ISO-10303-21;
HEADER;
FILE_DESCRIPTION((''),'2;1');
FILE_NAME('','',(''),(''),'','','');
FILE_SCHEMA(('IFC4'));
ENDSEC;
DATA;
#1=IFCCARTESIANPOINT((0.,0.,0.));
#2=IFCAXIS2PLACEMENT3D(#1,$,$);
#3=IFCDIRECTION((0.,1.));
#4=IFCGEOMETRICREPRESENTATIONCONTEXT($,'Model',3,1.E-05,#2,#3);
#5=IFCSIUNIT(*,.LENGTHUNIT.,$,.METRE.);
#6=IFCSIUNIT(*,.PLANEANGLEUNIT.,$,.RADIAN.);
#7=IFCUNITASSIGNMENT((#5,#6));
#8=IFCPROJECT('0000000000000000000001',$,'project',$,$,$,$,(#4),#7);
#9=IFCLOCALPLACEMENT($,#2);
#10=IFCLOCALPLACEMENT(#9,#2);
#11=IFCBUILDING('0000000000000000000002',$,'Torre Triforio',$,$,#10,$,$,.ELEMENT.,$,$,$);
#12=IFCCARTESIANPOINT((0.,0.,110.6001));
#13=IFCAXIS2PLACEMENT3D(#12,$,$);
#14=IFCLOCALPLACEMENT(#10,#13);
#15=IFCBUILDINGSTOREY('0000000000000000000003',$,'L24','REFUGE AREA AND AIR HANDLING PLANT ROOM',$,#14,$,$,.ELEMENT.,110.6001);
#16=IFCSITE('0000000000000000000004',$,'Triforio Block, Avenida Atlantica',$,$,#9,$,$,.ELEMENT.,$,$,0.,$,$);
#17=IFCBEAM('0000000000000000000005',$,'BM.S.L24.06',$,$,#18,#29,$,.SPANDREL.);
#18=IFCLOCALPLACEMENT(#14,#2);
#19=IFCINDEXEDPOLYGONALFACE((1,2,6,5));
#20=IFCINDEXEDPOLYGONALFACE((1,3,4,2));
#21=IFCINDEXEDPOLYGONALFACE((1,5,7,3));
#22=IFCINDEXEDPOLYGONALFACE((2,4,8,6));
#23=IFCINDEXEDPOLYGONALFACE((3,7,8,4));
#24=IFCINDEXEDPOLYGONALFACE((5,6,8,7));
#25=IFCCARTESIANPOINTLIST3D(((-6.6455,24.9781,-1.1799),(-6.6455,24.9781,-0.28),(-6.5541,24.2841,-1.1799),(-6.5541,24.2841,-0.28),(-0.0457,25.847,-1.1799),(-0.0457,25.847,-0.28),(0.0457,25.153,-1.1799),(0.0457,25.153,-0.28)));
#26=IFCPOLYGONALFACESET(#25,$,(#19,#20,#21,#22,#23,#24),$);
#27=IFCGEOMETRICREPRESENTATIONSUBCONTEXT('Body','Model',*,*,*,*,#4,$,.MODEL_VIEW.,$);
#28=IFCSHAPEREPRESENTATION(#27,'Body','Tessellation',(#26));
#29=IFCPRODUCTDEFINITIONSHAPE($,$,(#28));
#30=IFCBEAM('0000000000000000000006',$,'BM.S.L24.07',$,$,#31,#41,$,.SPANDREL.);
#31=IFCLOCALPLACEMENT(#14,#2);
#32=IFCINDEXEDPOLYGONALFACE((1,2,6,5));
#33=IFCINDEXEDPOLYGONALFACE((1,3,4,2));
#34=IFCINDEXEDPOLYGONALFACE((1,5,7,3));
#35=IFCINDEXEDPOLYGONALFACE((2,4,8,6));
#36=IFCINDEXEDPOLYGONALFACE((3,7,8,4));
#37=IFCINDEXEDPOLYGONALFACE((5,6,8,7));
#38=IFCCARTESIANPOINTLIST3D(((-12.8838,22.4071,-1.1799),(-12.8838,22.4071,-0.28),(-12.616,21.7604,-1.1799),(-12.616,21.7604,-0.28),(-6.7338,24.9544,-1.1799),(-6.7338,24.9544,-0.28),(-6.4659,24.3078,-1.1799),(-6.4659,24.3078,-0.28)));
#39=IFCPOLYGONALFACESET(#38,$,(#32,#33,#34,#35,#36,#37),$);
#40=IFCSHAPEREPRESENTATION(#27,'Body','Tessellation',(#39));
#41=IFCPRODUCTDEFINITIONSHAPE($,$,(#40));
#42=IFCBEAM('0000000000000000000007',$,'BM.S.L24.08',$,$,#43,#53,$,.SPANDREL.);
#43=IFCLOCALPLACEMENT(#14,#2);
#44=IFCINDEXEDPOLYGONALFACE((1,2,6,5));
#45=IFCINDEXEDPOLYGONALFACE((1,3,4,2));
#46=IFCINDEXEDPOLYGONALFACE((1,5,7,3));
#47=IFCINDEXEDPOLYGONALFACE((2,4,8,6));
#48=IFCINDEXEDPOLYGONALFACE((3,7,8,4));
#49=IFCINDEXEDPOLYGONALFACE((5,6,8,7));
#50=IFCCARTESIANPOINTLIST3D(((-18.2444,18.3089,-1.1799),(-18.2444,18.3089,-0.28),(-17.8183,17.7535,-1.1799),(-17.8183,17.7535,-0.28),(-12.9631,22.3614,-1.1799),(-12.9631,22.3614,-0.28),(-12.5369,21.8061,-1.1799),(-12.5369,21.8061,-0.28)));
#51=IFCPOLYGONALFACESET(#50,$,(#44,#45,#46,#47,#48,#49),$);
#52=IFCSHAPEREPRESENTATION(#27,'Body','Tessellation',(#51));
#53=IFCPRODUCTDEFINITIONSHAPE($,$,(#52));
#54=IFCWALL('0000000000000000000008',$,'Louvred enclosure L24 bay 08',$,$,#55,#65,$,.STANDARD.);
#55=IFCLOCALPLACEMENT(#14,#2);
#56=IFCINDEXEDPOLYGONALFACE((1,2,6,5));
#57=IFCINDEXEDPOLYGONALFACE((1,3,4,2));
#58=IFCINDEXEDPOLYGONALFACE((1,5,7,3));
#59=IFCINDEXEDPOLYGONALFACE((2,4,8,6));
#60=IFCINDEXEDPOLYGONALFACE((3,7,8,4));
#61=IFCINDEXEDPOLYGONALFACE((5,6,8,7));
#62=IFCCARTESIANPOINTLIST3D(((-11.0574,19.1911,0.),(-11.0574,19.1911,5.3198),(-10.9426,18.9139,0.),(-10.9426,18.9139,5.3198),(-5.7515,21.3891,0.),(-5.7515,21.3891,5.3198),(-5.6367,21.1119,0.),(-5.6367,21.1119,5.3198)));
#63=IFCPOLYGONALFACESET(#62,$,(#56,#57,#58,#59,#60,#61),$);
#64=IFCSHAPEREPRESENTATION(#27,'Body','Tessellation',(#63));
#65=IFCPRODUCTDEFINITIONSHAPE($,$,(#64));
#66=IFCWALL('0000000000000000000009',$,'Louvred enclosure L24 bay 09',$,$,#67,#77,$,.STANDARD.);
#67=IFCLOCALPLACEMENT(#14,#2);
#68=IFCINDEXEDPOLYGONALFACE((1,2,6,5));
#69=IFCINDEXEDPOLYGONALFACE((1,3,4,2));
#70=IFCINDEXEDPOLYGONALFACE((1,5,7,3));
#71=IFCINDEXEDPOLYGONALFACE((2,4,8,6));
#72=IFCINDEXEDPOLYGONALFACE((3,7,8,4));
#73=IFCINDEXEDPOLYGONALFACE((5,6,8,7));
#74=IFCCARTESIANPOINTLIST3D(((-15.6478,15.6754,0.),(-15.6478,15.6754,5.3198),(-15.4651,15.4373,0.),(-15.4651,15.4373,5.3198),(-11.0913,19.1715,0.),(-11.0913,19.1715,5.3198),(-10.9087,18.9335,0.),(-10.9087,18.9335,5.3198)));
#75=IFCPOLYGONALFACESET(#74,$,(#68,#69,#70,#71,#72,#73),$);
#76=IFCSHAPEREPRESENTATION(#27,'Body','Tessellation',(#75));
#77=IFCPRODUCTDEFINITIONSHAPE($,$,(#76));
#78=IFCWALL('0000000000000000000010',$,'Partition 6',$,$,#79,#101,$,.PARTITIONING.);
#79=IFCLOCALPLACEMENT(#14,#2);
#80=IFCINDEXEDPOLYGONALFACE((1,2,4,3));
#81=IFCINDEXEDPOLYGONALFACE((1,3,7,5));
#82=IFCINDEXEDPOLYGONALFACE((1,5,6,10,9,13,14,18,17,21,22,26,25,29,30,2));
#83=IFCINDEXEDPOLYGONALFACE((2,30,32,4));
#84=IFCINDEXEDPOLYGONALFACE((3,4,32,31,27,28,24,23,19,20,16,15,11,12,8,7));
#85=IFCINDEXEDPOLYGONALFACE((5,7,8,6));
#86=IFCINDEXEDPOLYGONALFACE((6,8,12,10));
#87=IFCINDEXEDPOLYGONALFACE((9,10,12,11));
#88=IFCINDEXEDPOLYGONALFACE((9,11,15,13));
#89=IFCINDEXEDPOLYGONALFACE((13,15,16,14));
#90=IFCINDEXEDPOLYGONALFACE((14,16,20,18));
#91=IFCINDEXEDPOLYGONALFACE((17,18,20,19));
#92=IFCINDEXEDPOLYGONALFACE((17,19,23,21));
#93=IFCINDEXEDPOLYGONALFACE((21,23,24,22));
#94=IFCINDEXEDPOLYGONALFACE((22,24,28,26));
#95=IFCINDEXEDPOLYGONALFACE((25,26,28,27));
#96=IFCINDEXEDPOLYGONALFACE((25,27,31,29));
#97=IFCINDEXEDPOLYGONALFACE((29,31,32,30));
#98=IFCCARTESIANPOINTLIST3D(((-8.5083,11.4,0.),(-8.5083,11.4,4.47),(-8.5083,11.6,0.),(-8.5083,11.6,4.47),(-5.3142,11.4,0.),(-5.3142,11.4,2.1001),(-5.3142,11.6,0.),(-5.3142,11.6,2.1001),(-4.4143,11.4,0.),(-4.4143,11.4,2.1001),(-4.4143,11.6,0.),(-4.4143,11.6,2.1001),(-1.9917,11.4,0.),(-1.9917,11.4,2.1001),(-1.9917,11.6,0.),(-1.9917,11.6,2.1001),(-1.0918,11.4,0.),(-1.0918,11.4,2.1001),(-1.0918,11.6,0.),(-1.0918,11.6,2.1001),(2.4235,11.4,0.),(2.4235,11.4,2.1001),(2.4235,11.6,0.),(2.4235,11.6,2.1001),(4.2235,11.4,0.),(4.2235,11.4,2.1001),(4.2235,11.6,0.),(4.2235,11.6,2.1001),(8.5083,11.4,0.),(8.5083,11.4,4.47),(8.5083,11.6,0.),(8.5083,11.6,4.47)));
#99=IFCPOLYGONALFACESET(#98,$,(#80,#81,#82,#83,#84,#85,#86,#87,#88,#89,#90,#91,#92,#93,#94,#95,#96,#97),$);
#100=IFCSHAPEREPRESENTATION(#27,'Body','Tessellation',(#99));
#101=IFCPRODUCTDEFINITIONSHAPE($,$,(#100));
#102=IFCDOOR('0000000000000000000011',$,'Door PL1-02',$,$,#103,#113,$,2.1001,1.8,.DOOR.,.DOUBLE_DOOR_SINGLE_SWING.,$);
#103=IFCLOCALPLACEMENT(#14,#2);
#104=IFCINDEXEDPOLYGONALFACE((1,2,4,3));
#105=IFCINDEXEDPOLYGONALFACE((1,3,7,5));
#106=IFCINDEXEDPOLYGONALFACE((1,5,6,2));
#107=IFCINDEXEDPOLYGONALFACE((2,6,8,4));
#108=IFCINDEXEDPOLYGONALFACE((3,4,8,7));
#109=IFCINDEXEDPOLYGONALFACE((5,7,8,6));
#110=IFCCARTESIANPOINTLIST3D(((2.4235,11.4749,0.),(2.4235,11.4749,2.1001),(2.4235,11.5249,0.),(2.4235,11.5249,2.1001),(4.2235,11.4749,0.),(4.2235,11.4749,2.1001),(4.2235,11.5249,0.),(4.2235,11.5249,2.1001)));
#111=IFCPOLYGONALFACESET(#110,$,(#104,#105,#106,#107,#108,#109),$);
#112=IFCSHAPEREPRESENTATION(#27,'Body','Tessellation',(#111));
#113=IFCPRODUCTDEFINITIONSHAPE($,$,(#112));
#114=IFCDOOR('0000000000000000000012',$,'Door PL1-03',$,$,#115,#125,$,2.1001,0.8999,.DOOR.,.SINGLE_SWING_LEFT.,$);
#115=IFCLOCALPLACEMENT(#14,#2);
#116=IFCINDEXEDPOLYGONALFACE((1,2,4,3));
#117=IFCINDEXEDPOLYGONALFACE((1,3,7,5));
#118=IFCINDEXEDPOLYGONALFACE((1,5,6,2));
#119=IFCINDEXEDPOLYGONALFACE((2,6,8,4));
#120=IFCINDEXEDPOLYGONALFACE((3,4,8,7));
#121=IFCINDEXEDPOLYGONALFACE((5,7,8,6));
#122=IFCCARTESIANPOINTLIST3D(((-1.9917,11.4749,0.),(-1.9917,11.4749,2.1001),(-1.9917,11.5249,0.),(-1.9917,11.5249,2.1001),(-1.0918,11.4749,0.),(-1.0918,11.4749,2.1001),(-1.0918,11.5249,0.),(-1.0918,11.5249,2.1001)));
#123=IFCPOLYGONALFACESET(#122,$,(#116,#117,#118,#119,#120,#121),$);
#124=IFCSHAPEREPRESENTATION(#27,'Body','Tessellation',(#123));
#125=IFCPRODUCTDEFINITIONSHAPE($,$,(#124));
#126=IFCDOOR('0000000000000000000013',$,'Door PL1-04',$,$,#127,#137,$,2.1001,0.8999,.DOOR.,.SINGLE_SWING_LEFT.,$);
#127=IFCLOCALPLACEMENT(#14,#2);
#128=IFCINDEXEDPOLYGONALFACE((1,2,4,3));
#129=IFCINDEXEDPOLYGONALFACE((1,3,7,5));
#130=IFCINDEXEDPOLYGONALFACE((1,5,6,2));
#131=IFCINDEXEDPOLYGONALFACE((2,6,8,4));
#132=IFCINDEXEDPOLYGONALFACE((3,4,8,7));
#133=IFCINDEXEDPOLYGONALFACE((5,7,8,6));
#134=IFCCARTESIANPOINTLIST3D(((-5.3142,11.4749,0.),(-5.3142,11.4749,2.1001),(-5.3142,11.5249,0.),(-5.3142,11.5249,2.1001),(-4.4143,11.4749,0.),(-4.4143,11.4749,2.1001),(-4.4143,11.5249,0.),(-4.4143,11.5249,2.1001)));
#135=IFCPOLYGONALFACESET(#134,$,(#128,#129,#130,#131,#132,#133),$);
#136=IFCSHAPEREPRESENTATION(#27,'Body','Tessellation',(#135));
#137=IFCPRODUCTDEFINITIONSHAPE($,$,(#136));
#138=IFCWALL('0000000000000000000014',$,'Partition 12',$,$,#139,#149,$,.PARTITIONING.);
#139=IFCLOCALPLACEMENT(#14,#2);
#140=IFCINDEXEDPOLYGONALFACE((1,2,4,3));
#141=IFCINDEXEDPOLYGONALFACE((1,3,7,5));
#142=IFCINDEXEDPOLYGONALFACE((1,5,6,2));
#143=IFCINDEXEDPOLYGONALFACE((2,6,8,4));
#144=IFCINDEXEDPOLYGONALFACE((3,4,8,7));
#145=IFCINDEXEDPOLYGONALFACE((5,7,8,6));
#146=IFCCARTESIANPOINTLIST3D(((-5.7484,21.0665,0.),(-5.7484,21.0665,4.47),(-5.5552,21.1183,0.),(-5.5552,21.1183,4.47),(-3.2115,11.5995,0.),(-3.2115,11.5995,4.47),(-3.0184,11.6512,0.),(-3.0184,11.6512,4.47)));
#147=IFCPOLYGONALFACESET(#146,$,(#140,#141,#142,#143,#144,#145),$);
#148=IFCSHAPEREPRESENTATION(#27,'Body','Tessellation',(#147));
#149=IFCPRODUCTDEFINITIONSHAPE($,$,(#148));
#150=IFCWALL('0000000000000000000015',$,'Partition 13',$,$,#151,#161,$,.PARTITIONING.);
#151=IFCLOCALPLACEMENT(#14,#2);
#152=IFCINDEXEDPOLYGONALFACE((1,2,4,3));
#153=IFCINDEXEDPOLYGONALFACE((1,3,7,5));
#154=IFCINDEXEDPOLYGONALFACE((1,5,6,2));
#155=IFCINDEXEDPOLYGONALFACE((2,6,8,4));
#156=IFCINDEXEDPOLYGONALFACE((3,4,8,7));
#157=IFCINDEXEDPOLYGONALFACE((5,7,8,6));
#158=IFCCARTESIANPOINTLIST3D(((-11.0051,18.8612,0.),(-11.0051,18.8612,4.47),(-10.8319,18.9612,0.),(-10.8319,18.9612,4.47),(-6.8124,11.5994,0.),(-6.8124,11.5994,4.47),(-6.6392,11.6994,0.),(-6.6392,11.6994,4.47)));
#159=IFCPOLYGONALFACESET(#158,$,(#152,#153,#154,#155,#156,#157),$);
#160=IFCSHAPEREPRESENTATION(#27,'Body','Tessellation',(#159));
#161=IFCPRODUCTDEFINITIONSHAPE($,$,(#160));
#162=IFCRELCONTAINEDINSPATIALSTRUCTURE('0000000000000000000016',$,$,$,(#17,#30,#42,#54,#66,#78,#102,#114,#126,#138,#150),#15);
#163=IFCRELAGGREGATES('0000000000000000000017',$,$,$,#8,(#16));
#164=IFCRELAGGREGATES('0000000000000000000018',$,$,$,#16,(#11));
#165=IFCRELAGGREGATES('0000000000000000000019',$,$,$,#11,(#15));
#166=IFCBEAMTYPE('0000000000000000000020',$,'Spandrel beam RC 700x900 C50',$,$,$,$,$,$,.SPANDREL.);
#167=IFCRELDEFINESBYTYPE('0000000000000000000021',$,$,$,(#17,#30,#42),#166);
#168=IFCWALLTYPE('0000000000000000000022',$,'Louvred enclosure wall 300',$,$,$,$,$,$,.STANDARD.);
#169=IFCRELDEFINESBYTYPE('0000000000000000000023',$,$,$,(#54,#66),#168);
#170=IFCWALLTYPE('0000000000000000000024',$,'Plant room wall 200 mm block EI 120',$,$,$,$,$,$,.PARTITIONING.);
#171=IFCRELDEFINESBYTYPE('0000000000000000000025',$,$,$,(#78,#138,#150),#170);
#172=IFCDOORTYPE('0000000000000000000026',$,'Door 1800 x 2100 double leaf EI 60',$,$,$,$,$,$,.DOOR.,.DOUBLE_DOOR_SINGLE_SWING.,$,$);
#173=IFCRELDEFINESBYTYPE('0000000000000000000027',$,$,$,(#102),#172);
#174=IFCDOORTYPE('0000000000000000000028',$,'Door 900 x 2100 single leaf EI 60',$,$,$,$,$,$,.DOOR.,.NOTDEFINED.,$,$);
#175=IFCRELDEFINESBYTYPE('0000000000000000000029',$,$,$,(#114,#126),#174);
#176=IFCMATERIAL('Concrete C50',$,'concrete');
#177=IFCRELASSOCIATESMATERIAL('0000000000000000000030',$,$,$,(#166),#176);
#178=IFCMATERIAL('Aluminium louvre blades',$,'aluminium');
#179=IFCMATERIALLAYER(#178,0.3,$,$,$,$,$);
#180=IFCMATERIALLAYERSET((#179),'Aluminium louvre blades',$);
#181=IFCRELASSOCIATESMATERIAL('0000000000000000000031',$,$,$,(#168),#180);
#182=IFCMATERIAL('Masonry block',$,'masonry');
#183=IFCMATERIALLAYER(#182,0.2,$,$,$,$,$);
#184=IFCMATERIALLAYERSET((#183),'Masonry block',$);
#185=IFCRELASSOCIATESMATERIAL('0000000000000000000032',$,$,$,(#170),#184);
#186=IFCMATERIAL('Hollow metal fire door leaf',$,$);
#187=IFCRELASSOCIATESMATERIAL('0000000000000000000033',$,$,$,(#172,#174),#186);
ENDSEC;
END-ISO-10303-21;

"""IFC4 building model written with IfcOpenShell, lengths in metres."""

from ifc_helpers import new_model, si_unit, direction, frame, frame_2d, origin, origin_2d, place, context, subcontext, project, spatial, rectangle, extrude, material, layer, layer_set, material_profile, profile_set, type_object, element, fill, save


model = new_model("IFC4")

# Units and contexts
model_context = context("Model", 3, precision=1e-05, world=origin(), true_north=direction((0.0, 1.0)))
body_context = subcontext(model_context, "Body", "Model", "MODEL_VIEW")
ifc_project = project(units=[si_unit("LENGTHUNIT", "METRE"), si_unit("PLANEANGLEUNIT", "RADIAN")], contexts=[model_context])

# Site, building, storey
site_placement = place(None, origin())
site = spatial("IfcSite", under=ifc_project, at=site_placement, Name="Triforio Block, Avenida Atlantica", CompositionType="ELEMENT", RefElevation=0.0)
building_placement = place(site_placement, origin())
building = spatial("IfcBuilding", under=site, at=building_placement, Name="Torre Triforio", CompositionType="ELEMENT")
storey_placement = place(building_placement, frame((0.0, 0.0, 110.6001)))
storey = spatial("IfcBuildingStorey", under=building, at=storey_placement, Name="L24", Description="REFUGE AREA AND AIR HANDLING PLANT ROOM", CompositionType="ELEMENT", Elevation=110.6001)

# Beams
ifc_material_1 = material(Name="Concrete C50", Category="concrete")
ifc_material_profile_1 = material_profile(ifc_material_1, rectangle(XDim=0.7, YDim=0.8999, at=origin_2d()), Name="RC 700x900")
ifc_profile_set_1 = profile_set([ifc_material_profile_1], Name="Concrete C50")
beam_type = type_object("IfcBeamType", Name="Spandrel beam RC 700x900 C50", PredefinedType="SPANDREL", material=ifc_profile_set_1)
for number, where, z_axis, x_axis, name in (
    (1, (0.0, 25.5, -0.73), (-0.991445, -0.130528, 0.0), (0.130528, -0.991445, 0.0), "BM.S.L24.06"),
    (2, (-6.5999, 24.6311, -0.73), (-0.923885, -0.382669, 0.0), (0.382669, -0.923885, 0.0), "BM.S.L24.07"),
):
    element("IfcBeam", number, at=place(storey_placement, frame(where, z_axis=z_axis, x_axis=x_axis)), inside=storey, type_object=beam_type, Name=name, PredefinedType="SPANDREL", context=body_context, shape_type="SweptSolid", body=[
        extrude(rectangle(XDim=0.7, YDim=0.8999, at=origin_2d()), origin(), (0.0, 0.0, 1.0), 6.6567),
    ])
beam_placement = place(storey_placement, frame((-12.75, 22.0837, -0.73), z_axis=(-0.79335, -0.608766, 0.0), x_axis=(0.608766, -0.79335, 0.0)))
element("IfcBeam", 3, at=beam_placement, inside=storey, type_object=beam_type, Name="BM.S.L24.08", PredefinedType="SPANDREL", context=body_context, shape_type="SweptSolid", body=[
    extrude(rectangle(XDim=0.7, YDim=0.8999, at=origin_2d()), origin(), (0.0, 0.0, 1.0), 6.657),
])

# Walls
ifc_material_2 = material(Name="Aluminium louvre blades", Category="aluminium")
ifc_layer_1 = layer(ifc_material_2, 0.3)
ifc_layer_set_1 = layer_set([ifc_layer_1], Name="Aluminium louvre blades")
wall_type_1 = type_object("IfcWallType", Name="Louvred enclosure wall 300", PredefinedType="STANDARD", material=ifc_layer_set_1)
for number, where, z_axis, x_axis, name in (
    (4, (-5.6941, 21.2505, 0.0), (0.0, 0.0, 1.0), (-0.923866, -0.382716, 0.0), "Louvred enclosure L24 bay 08"),
    (5, (-11.0, 19.0525, 0.0), (0.0, 0.0, 1.0), (-0.793366, -0.608745, 0.0), "Louvred enclosure L24 bay 09"),
):
    element("IfcWall", number, at=place(storey_placement, frame(where, z_axis=z_axis, x_axis=x_axis)), inside=storey, type_object=wall_type_1, Name=name, PredefinedType="STANDARD", context=body_context, shape_type="SweptSolid", body=[
        extrude(rectangle(XDim=5.7432, YDim=0.3, at=frame_2d((2.8716, 0.0))), origin(), (0.0, 0.0, 1.0), 5.3198),
    ])

# Wall, openings, doors
ifc_material_3 = material(Name="Masonry block", Category="masonry")
ifc_layer_2 = layer(ifc_material_3, 0.2)
ifc_layer_set_2 = layer_set([ifc_layer_2], Name="Masonry block")
wall_type_2 = type_object("IfcWallType", Name="Plant room wall 200 mm block EI 120", PredefinedType="PARTITIONING", material=ifc_layer_set_2)
wall_1_placement = place(storey_placement, frame((-8.5083, 11.5, 0.0), z_axis=(0.0, 0.0, 1.0), x_axis=(1.0, 0.0, 0.0)))
wall_1 = element("IfcWall", 6, at=wall_1_placement, inside=storey, type_object=wall_type_2, Name="Partition 6", PredefinedType="PARTITIONING", context=body_context, shape_type="SweptSolid", body=[
    extrude(rectangle(XDim=17.0166, YDim=0.2, at=frame_2d((8.5083, 0.0))), origin(), (0.0, 0.0, 1.0), 4.47),
])
opening_1_placement = place(wall_1_placement, frame((10.9319, 0.0, 0.0)))
opening_1 = element("IfcOpeningElement", 7, at=opening_1_placement, cuts=wall_1, PredefinedType="OPENING", context=body_context, shape_type="SweptSolid", body=[
    extrude(rectangle(XDim=1.8, YDim=2.1001, at=frame_2d((0.8999, 1.05))), frame((0.0, 0.1099, 0.0), z_axis=(0.0, -1.0, 0.0), x_axis=(1.0, 0.0, 0.0)), (0.0, 0.0, 1.0), 0.22),
])
opening_2_placement = place(wall_1_placement, frame((6.5166, 0.0, 0.0)))
opening_2 = element("IfcOpeningElement", 8, at=opening_2_placement, cuts=wall_1, PredefinedType="OPENING", context=body_context, shape_type="SweptSolid", body=[
    extrude(rectangle(XDim=0.8999, YDim=2.1001, at=frame_2d((0.45, 1.05))), frame((0.0, 0.1099, 0.0), z_axis=(0.0, -1.0, 0.0), x_axis=(1.0, 0.0, 0.0)), (0.0, 0.0, 1.0), 0.22),
])
opening_3_placement = place(wall_1_placement, frame((3.1941, 0.0, 0.0)))
opening_3 = element("IfcOpeningElement", 9, at=opening_3_placement, cuts=wall_1, PredefinedType="OPENING", context=body_context, shape_type="SweptSolid", body=[
    extrude(rectangle(XDim=0.8999, YDim=2.1001, at=frame_2d((0.45, 1.05))), frame((0.0, 0.1099, 0.0), z_axis=(0.0, -1.0, 0.0), x_axis=(1.0, 0.0, 0.0)), (0.0, 0.0, 1.0), 0.22),
])
ifc_material_4 = material(Name="Hollow metal fire door leaf")
door_type_1 = type_object("IfcDoorType", Name="Door 1800 x 2100 double leaf EI 60", OperationType="DOUBLE_DOOR_SINGLE_SWING", PredefinedType="DOOR", material=ifc_material_4)
door_1_placement = place(opening_1_placement, origin())
door_1 = element("IfcDoor", 10, at=door_1_placement, inside=storey, type_object=door_type_1, Name="Door PL1-02", OperationType="DOUBLE_DOOR_SINGLE_SWING", OverallHeight=2.1001, OverallWidth=1.8, PredefinedType="DOOR", context=body_context, shape_type="SweptSolid", body=[
    extrude(rectangle(XDim=1.8, YDim=2.1001, at=frame_2d((0.8999, 1.05))), frame((0.0, 0.0249, 0.0), z_axis=(0.0, -1.0, 0.0), x_axis=(1.0, 0.0, 0.0)), (0.0, 0.0, 1.0), 0.05),
])
fill(opening_1, door_1)
door_type_2 = type_object("IfcDoorType", Name="Door 900 x 2100 single leaf EI 60", OperationType="NOTDEFINED", PredefinedType="DOOR", material=ifc_material_4)
door_2_placement = place(opening_2_placement, origin())
door_2 = element("IfcDoor", 11, at=door_2_placement, inside=storey, type_object=door_type_2, Name="Door PL1-03", OperationType="SINGLE_SWING_LEFT", OverallHeight=2.1001, OverallWidth=0.8999, PredefinedType="DOOR", context=body_context, shape_type="SweptSolid", body=[
    extrude(rectangle(XDim=0.8999, YDim=2.1001, at=frame_2d((0.45, 1.05))), frame((0.0, 0.0249, 0.0), z_axis=(0.0, -1.0, 0.0), x_axis=(1.0, 0.0, 0.0)), (0.0, 0.0, 1.0), 0.05),
])
fill(opening_2, door_2)
door_3_placement = place(opening_3_placement, origin())
door_3 = element("IfcDoor", 12, at=door_3_placement, inside=storey, type_object=door_type_2, Name="Door PL1-04", OperationType="SINGLE_SWING_LEFT", OverallHeight=2.1001, OverallWidth=0.8999, PredefinedType="DOOR", context=body_context, shape_type="SweptSolid", body=[
    extrude(rectangle(XDim=0.8999, YDim=2.1001, at=frame_2d((0.45, 1.05))), frame((0.0, 0.0249, 0.0), z_axis=(0.0, -1.0, 0.0), x_axis=(1.0, 0.0, 0.0)), (0.0, 0.0, 1.0), 0.05),
])
fill(opening_3, door_3)

# Walls
wall_2_placement = place(storey_placement, frame((-3.115, 11.6255, 0.0), z_axis=(0.0, 0.0, 1.0), x_axis=(-0.258836, 0.965921, 0.0)))
element("IfcWall", 13, at=wall_2_placement, inside=storey, type_object=wall_type_2, Name="Partition 12", PredefinedType="PARTITIONING", context=body_context, shape_type="SweptSolid", body=[
    extrude(rectangle(XDim=9.801, YDim=0.2, at=frame_2d((4.9004, 0.0))), origin(), (0.0, 0.0, 1.0), 4.47),
])
wall_3_placement = place(storey_placement, frame((-6.7258, 11.6494, 0.0), z_axis=(0.0, 0.0, 1.0), x_axis=(-0.500006, 0.866022, 0.0)))
element("IfcWall", 14, at=wall_3_placement, inside=storey, type_object=wall_type_2, Name="Partition 13", PredefinedType="PARTITIONING", context=body_context, shape_type="SweptSolid", body=[
    extrude(rectangle(XDim=8.3853, YDim=0.2, at=frame_2d((4.1926, 0.0))), origin(), (0.0, 0.0, 1.0), 4.47),
])

save(model, "model.ifc")
